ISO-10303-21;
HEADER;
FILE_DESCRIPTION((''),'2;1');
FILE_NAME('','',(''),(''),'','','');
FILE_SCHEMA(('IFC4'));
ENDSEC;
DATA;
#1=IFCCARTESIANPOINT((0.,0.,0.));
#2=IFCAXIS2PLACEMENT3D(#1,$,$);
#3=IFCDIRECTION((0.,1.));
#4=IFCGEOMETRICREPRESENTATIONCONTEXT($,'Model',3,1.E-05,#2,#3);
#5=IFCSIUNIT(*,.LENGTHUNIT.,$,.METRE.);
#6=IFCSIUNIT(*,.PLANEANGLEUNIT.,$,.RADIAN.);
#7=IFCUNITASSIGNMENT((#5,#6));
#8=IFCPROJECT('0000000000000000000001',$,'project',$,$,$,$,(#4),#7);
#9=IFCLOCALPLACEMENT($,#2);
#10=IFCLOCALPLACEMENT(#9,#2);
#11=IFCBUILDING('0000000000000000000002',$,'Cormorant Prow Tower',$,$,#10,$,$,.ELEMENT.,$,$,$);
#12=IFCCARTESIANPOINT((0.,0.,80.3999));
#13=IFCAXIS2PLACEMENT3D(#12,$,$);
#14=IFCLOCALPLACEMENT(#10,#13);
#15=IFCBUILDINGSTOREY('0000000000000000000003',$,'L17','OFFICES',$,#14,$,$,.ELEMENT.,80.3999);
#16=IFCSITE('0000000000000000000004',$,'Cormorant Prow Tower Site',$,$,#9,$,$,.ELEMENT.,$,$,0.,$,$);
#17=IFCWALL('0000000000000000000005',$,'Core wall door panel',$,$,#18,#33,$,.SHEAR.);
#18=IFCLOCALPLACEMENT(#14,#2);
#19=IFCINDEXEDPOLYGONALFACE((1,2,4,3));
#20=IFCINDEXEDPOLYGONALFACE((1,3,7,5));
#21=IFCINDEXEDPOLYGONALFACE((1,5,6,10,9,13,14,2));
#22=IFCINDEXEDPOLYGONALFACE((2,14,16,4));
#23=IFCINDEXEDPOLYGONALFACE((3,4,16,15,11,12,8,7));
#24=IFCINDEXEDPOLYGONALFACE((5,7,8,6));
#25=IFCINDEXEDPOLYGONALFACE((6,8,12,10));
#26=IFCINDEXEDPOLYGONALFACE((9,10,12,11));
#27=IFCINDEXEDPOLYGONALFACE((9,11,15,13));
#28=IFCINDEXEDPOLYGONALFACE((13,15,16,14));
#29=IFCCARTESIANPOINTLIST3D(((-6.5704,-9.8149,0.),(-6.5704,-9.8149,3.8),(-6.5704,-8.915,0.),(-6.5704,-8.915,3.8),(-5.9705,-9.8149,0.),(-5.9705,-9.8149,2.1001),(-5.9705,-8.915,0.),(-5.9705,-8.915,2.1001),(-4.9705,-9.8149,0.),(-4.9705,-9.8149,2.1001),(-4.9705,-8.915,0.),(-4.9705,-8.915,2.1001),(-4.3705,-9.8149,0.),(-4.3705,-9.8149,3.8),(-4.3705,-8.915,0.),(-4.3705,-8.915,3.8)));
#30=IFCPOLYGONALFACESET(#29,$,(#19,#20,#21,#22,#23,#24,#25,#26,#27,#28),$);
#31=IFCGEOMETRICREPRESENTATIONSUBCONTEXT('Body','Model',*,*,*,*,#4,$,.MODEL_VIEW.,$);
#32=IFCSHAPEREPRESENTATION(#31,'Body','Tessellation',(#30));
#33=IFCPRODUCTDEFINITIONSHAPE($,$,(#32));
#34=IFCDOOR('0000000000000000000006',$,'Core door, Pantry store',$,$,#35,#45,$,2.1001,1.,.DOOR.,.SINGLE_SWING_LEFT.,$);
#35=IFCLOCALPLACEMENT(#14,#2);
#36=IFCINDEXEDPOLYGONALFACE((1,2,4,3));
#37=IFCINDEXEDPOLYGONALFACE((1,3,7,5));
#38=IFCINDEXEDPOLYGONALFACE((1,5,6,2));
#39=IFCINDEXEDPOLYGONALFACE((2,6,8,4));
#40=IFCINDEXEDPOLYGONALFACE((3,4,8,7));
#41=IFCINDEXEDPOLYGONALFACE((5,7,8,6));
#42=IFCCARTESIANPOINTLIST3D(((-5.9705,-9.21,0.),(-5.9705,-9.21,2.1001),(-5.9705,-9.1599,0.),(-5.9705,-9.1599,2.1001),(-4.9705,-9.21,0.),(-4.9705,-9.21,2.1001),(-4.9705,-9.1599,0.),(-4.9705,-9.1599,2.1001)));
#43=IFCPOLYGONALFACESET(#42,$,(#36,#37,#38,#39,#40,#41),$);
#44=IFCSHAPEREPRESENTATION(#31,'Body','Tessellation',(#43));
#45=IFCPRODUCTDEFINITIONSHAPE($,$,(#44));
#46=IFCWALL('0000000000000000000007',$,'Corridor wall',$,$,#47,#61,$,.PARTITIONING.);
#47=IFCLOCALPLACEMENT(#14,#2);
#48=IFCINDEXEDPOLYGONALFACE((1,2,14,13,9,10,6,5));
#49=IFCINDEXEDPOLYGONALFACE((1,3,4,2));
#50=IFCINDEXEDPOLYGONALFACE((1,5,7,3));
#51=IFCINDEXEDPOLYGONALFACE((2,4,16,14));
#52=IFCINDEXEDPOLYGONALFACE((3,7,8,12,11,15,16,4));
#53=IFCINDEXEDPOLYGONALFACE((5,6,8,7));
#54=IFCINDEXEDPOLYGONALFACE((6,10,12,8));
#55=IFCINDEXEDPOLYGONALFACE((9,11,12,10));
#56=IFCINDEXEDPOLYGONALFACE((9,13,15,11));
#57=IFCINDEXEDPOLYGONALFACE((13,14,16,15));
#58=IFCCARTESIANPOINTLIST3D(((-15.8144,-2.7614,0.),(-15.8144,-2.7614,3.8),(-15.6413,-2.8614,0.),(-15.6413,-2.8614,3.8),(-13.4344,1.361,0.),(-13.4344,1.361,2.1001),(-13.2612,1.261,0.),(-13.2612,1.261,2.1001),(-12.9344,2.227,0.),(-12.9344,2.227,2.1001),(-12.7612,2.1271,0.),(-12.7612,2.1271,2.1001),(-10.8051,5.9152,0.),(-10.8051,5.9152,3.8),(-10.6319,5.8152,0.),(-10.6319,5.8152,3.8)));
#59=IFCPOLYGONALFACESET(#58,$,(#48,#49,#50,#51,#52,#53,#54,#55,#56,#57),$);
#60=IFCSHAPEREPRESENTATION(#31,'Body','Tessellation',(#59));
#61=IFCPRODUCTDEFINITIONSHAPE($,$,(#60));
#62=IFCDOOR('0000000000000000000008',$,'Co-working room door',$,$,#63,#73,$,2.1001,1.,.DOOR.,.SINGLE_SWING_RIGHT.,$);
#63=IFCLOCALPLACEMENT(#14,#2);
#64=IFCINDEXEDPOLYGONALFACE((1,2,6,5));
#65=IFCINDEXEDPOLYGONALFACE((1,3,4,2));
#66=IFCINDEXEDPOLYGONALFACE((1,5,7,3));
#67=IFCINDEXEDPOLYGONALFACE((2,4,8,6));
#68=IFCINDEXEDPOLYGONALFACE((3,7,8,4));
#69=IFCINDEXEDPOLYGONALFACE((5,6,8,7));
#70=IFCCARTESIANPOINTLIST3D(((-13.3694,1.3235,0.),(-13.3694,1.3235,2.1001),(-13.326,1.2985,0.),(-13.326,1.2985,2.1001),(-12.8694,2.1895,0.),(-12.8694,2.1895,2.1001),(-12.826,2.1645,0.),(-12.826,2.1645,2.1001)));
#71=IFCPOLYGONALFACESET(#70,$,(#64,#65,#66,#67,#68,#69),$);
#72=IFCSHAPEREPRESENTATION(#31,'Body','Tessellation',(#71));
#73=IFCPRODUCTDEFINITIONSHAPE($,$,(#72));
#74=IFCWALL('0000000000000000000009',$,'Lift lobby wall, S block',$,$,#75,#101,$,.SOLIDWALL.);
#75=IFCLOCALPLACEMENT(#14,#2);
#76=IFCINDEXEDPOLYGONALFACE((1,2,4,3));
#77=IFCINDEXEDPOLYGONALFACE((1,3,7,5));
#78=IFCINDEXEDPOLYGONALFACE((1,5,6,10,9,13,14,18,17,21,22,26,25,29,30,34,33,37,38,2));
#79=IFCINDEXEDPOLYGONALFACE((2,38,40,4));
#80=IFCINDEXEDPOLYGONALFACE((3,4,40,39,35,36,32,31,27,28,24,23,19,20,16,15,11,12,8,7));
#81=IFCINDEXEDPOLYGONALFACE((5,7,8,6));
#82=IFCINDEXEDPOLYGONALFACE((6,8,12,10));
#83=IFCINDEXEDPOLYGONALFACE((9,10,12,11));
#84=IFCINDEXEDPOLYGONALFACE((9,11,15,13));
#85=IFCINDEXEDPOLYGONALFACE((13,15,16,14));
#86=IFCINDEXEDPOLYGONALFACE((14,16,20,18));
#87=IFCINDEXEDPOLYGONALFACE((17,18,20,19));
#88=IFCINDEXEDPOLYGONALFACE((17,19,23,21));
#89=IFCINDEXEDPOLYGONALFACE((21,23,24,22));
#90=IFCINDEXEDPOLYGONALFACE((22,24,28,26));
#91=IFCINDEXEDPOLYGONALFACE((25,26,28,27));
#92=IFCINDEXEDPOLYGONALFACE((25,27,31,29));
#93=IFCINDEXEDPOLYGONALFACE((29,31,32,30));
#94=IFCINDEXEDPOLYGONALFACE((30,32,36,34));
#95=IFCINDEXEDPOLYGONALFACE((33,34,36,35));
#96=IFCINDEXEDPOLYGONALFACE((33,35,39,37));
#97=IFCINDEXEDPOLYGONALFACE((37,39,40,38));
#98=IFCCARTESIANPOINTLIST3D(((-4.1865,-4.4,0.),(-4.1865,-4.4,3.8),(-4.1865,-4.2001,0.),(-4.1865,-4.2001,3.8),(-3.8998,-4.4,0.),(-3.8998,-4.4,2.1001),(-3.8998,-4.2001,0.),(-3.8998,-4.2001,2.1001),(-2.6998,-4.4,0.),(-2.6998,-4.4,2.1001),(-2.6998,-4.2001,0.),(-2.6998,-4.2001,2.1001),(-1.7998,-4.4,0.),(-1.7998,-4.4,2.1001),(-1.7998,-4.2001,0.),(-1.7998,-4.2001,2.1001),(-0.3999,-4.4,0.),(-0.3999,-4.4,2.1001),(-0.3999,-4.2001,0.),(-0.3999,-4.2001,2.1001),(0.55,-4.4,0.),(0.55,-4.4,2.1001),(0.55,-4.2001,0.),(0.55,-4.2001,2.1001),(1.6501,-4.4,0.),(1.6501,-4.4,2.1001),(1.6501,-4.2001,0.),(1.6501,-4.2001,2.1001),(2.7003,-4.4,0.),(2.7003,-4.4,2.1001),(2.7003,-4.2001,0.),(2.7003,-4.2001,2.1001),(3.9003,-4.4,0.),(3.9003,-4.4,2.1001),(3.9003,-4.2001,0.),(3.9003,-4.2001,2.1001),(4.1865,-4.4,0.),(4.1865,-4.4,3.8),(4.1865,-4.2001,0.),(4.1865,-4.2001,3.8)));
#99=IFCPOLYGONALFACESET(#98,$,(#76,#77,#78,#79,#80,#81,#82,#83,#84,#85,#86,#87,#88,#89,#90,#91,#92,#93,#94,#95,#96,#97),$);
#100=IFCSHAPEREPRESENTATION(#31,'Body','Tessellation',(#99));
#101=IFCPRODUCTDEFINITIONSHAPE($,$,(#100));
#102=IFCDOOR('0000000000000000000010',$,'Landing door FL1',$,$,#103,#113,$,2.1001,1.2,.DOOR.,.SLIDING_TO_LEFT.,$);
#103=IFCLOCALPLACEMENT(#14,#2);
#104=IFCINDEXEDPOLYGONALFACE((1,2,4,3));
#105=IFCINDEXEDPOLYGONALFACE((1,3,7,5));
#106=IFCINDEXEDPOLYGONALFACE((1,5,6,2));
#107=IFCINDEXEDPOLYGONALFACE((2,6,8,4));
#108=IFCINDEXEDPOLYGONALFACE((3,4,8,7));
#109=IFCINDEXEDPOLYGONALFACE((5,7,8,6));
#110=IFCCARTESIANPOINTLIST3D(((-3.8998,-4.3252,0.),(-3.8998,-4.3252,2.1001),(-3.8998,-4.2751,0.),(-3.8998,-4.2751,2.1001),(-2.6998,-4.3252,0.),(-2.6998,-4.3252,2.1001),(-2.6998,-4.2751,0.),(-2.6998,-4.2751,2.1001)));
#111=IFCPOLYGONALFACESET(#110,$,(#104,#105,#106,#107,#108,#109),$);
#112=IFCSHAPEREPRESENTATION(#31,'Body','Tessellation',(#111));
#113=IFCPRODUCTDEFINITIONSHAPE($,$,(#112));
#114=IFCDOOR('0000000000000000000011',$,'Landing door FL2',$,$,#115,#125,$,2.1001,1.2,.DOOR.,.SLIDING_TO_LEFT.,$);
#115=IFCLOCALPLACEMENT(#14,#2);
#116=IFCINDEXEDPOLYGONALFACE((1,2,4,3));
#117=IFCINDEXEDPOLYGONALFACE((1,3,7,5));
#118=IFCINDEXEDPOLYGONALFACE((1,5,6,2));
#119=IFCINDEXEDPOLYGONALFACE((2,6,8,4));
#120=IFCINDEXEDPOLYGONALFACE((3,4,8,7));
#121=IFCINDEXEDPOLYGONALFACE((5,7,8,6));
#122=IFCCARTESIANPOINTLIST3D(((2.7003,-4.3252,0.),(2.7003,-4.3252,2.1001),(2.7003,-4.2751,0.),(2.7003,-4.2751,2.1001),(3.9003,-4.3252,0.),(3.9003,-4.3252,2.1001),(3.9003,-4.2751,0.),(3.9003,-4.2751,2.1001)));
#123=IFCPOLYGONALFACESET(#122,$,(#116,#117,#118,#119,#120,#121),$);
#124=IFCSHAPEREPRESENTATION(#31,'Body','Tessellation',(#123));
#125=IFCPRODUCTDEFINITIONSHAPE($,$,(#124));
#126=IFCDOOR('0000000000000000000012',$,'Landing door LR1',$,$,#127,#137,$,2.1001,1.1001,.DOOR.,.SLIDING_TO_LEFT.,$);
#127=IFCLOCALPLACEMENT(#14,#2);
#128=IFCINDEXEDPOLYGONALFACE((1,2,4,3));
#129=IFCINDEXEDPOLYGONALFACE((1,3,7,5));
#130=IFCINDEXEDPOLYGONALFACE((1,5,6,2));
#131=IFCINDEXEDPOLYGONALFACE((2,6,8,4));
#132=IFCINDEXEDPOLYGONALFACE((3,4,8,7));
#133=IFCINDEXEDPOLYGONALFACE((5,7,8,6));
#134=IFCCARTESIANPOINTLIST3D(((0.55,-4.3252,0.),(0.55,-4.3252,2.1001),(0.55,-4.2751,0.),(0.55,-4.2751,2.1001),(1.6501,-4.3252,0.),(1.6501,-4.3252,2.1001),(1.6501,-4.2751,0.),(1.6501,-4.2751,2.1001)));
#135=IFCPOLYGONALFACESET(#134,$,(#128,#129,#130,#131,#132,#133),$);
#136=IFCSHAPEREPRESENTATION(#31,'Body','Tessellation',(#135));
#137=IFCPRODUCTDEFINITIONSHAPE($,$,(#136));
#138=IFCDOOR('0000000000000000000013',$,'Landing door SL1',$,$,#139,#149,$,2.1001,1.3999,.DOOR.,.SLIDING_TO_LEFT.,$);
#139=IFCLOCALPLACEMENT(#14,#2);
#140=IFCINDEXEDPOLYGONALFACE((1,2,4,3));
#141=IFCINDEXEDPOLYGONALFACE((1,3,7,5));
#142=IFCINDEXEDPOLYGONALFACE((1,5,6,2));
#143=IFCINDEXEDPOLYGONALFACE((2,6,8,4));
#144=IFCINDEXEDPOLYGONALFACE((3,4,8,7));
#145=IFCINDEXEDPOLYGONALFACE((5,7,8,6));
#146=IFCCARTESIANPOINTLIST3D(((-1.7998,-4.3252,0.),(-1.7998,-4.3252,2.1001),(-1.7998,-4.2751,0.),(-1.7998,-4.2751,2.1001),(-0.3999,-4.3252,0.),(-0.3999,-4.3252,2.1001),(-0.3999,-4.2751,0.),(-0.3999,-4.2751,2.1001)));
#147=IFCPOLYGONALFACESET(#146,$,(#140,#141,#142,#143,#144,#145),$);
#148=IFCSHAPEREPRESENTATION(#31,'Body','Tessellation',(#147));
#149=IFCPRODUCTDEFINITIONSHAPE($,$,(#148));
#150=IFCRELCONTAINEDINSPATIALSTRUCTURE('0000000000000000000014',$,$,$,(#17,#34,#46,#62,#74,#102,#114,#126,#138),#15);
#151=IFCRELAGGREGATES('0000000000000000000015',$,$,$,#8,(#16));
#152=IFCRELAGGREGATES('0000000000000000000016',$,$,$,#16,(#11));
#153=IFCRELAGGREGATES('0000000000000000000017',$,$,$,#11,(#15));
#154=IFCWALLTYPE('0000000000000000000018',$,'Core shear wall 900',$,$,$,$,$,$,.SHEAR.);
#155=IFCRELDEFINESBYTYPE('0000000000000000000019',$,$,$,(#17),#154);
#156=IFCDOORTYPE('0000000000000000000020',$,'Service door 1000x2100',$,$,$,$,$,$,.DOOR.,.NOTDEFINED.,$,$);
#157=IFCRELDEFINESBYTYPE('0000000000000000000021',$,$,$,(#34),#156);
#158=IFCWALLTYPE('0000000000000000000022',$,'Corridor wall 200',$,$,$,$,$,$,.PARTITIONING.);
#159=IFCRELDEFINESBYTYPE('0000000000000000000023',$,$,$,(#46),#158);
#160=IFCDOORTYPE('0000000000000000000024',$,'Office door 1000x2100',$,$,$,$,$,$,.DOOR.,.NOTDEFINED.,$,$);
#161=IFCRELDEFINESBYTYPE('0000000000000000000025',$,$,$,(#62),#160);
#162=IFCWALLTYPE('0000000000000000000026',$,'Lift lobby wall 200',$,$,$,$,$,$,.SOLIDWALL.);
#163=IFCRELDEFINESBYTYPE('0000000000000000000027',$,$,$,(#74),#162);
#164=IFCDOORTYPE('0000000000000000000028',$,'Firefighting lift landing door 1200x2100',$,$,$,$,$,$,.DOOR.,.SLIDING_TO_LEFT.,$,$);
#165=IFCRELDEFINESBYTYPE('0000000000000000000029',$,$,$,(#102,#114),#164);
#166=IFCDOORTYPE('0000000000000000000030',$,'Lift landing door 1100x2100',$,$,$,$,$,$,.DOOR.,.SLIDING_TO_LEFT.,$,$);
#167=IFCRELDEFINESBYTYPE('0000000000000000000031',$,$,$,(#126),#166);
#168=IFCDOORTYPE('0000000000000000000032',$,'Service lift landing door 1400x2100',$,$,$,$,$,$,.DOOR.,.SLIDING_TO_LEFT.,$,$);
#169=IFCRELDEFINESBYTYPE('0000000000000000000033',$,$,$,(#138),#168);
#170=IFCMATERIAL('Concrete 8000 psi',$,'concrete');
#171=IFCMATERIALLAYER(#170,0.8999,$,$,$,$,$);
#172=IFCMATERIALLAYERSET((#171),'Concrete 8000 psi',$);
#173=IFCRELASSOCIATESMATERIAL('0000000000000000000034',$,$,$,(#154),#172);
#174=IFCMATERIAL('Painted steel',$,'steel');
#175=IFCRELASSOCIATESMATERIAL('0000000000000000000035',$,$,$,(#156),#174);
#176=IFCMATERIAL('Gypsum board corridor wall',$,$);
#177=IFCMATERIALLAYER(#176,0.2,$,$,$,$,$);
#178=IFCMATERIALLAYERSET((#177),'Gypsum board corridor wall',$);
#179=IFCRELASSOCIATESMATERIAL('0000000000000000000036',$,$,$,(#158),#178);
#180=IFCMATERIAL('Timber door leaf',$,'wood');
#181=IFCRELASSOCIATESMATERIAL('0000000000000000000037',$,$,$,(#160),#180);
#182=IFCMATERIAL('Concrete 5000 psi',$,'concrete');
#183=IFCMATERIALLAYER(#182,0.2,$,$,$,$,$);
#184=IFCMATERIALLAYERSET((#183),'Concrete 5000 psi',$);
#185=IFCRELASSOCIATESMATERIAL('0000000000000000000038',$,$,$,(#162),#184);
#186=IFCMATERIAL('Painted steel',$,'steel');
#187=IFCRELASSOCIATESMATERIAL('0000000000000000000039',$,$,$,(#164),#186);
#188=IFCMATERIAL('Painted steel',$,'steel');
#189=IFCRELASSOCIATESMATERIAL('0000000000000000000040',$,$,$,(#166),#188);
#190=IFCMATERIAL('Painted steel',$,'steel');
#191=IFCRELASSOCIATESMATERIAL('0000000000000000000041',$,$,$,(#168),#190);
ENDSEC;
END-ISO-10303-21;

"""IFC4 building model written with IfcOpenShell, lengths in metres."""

from ifc_helpers import new_model, si_unit, direction, frame, frame_2d, origin, place, context, subcontext, project, spatial, rectangle, extrude, material, layer, layer_set, type_object, element, fill, save


model = new_model("IFC4")

# Units and contexts
model_context = context("Model", 3, precision=1e-05, world=origin(), true_north=direction((0.0, 1.0)))
body_context = subcontext(model_context, "Body", "Model", "MODEL_VIEW")
ifc_project = project(units=[si_unit("LENGTHUNIT", "METRE"), si_unit("PLANEANGLEUNIT", "RADIAN")], contexts=[model_context])

# Site, building, storey
site_placement = place(None, origin())
site = spatial("IfcSite", under=ifc_project, at=site_placement, Name="Cormorant Prow Tower Site", CompositionType="ELEMENT", RefElevation=0.0)
building_placement = place(site_placement, origin())
building = spatial("IfcBuilding", under=site, at=building_placement, Name="Cormorant Prow Tower", CompositionType="ELEMENT")
storey_placement = place(building_placement, frame((0.0, 0.0, 80.3999)))
storey = spatial("IfcBuildingStorey", under=building, at=storey_placement, Name="L17", Description="OFFICES", CompositionType="ELEMENT", Elevation=80.3999)

# Shared definitions
ifc_material_1 = material(Name="Concrete 8000 psi", Category="concrete")
ifc_layer_1 = layer(ifc_material_1, 0.8999)
ifc_layer_set_1 = layer_set([ifc_layer_1], Name="Concrete 8000 psi")
wall_type_1 = type_object("IfcWallType", Name="Core shear wall 900", PredefinedType="SHEAR", material=ifc_layer_set_1)

# Walls, openings, doors
wall_1_placement = place(storey_placement, frame((-6.5706, -9.365, 0.0), z_axis=(0.0, 0.0, 1.0), x_axis=(1.0, 0.0, 0.0)))
wall_1 = element("IfcWall", 1, at=wall_1_placement, inside=storey, type_object=wall_type_1, Name="Core wall door panel", PredefinedType="SHEAR", context=body_context, shape_type="SweptSolid", body=[
    extrude(rectangle(XDim=2.2, YDim=0.8999, at=frame_2d((1.1001, 0.0))), origin(), (0.0, 0.0, 1.0), 3.8),
])
opening_1_placement = place(wall_1_placement, frame((0.6001, 0.0, 0.0)))
opening_1 = element("IfcOpeningElement", 2, at=opening_1_placement, cuts=wall_1, PredefinedType="OPENING", context=body_context, shape_type="SweptSolid", body=[
    extrude(rectangle(XDim=1.0, YDim=2.1001, at=frame_2d((0.5, 1.05))), frame((0.0, 0.46, 0.0), z_axis=(0.0, -1.0, 0.0), x_axis=(1.0, 0.0, 0.0)), (0.0, 0.0, 1.0), 0.9199),
])
ifc_material_2 = material(Name="Painted steel", Category="steel")
door_type_1 = type_object("IfcDoorType", Name="Service door 1000x2100", OperationType="NOTDEFINED", PredefinedType="DOOR", material=ifc_material_2)
door_1_placement = place(opening_1_placement, origin())
door_1 = element("IfcDoor", 3, at=door_1_placement, inside=storey, type_object=door_type_1, Name="Core door, Pantry store", OperationType="SINGLE_SWING_LEFT", OverallHeight=2.1001, OverallWidth=1.0, PredefinedType="DOOR", context=body_context, shape_type="SweptSolid", body=[
    extrude(rectangle(XDim=1.0, YDim=2.1001, at=frame_2d((0.5, 1.05))), frame((0.0, 0.2051, 0.0), z_axis=(0.0, -1.0, 0.0), x_axis=(1.0, 0.0, 0.0)), (0.0, 0.0, 1.0), 0.05),
])
fill(opening_1, door_1)
ifc_material_3 = material(Name="Gypsum board corridor wall")
ifc_layer_2 = layer(ifc_material_3, 0.2)
ifc_layer_set_2 = layer_set([ifc_layer_2], Name="Gypsum board corridor wall")
wall_type_2 = type_object("IfcWallType", Name="Corridor wall 200", PredefinedType="PARTITIONING", material=ifc_layer_set_2)
wall_2_placement = place(storey_placement, frame((-15.7278, -2.8113, 0.0), z_axis=(0.0, 0.0, 1.0), x_axis=(0.499992, 0.86603, 0.0)))
wall_2 = element("IfcWall", 4, at=wall_2_placement, inside=storey, type_object=wall_type_2, Name="Corridor wall", PredefinedType="PARTITIONING", context=body_context, shape_type="SweptSolid", body=[
    extrude(rectangle(XDim=10.0188, YDim=0.2, at=frame_2d((5.0093, 0.0))), origin(), (0.0, 0.0, 1.0), 3.8),
])
opening_2_placement = place(wall_2_placement, frame((4.76, 0.0, 0.0)))
opening_2 = element("IfcOpeningElement", 5, at=opening_2_placement, cuts=wall_2, PredefinedType="OPENING", context=body_context, shape_type="SweptSolid", body=[
    extrude(rectangle(XDim=1.0, YDim=2.1001, at=frame_2d((0.5, 1.05))), frame((0.0, 0.1099, 0.0), z_axis=(0.0, -1.0, 0.0), x_axis=(1.0, 0.0, 0.0)), (0.0, 0.0, 1.0), 0.22),
])
ifc_material_4 = material(Name="Timber door leaf", Category="wood")
door_type_2 = type_object("IfcDoorType", Name="Office door 1000x2100", OperationType="NOTDEFINED", PredefinedType="DOOR", material=ifc_material_4)
door_2_placement = place(opening_2_placement, origin())
door_2 = element("IfcDoor", 6, at=door_2_placement, inside=storey, type_object=door_type_2, Name="Co-working room door", OperationType="SINGLE_SWING_RIGHT", OverallHeight=2.1001, OverallWidth=1.0, PredefinedType="DOOR", context=body_context, shape_type="SweptSolid", body=[
    extrude(rectangle(XDim=1.0, YDim=2.1001, at=frame_2d((0.5, 1.05))), frame((0.0, 0.0249, 0.0), z_axis=(0.0, -1.0, 0.0), x_axis=(1.0, 0.0, 0.0)), (0.0, 0.0, 1.0), 0.05),
])
fill(opening_2, door_2)

# Wall, openings, doors
ifc_material_5 = material(Name="Concrete 5000 psi", Category="concrete")
ifc_layer_3 = layer(ifc_material_5, 0.2)
ifc_layer_set_3 = layer_set([ifc_layer_3], Name="Concrete 5000 psi")
wall_type_3 = type_object("IfcWallType", Name="Lift lobby wall 200", PredefinedType="SOLIDWALL", material=ifc_layer_set_3)
wall_3_placement = place(storey_placement, frame((-4.1865, -4.3, 0.0), z_axis=(0.0, 0.0, 1.0), x_axis=(1.0, 0.0, 0.0)))
wall_3 = element("IfcWall", 7, at=wall_3_placement, inside=storey, type_object=wall_type_3, Name="Lift lobby wall, S block", PredefinedType="SOLIDWALL", context=body_context, shape_type="SweptSolid", body=[
    extrude(rectangle(XDim=8.373, YDim=0.2, at=frame_2d((4.1865, 0.0))), origin(), (0.0, 0.0, 1.0), 3.8),
])
opening_3_placement = place(wall_3_placement, frame((0.2866, 0.0, 0.0)))
opening_3 = element("IfcOpeningElement", 8, at=opening_3_placement, cuts=wall_3, PredefinedType="OPENING", context=body_context, shape_type="SweptSolid", body=[
    extrude(rectangle(XDim=1.2, YDim=2.1001, at=frame_2d((0.6001, 1.05))), frame((0.0, 0.1099, 0.0), z_axis=(0.0, -1.0, 0.0), x_axis=(1.0, 0.0, 0.0)), (0.0, 0.0, 1.0), 0.22),
])
opening_4_placement = place(wall_3_placement, frame((2.3867, 0.0, 0.0)))
opening_4 = element("IfcOpeningElement", 9, at=opening_4_placement, cuts=wall_3, PredefinedType="OPENING", context=body_context, shape_type="SweptSolid", body=[
    extrude(rectangle(XDim=1.3999, YDim=2.1001, at=frame_2d((0.7, 1.05))), frame((0.0, 0.1099, 0.0), z_axis=(0.0, -1.0, 0.0), x_axis=(1.0, 0.0, 0.0)), (0.0, 0.0, 1.0), 0.22),
])
opening_5_placement = place(wall_3_placement, frame((4.7366, 0.0, 0.0)))
opening_5 = element("IfcOpeningElement", 10, at=opening_5_placement, cuts=wall_3, PredefinedType="OPENING", context=body_context, shape_type="SweptSolid", body=[
    extrude(rectangle(XDim=1.1001, YDim=2.1001, at=frame_2d((0.55, 1.05))), frame((0.0, 0.1099, 0.0), z_axis=(0.0, -1.0, 0.0), x_axis=(1.0, 0.0, 0.0)), (0.0, 0.0, 1.0), 0.22),
])
opening_6_placement = place(wall_3_placement, frame((6.8867, 0.0, 0.0)))
opening_6 = element("IfcOpeningElement", 11, at=opening_6_placement, cuts=wall_3, PredefinedType="OPENING", context=body_context, shape_type="SweptSolid", body=[
    extrude(rectangle(XDim=1.2, YDim=2.1001, at=frame_2d((0.6001, 1.05))), frame((0.0, 0.1099, 0.0), z_axis=(0.0, -1.0, 0.0), x_axis=(1.0, 0.0, 0.0)), (0.0, 0.0, 1.0), 0.22),
])
ifc_material_6 = material(Name="Painted steel", Category="steel")
door_type_3 = type_object("IfcDoorType", Name="Firefighting lift landing door 1200x2100", OperationType="SLIDING_TO_LEFT", PredefinedType="DOOR", material=ifc_material_6)
door_3_placement = place(opening_3_placement, origin())
door_3 = element("IfcDoor", 12, at=door_3_placement, inside=storey, type_object=door_type_3, Name="Landing door FL1", OperationType="SLIDING_TO_LEFT", OverallHeight=2.1001, OverallWidth=1.2, PredefinedType="DOOR", context=body_context, shape_type="SweptSolid", body=[
    extrude(rectangle(XDim=1.2, YDim=2.1001, at=frame_2d((0.6001, 1.05))), frame((0.0, 0.0249, 0.0), z_axis=(0.0, -1.0, 0.0), x_axis=(1.0, 0.0, 0.0)), (0.0, 0.0, 1.0), 0.05),
])
fill(opening_3, door_3)
door_4_placement = place(opening_6_placement, origin())
door_4 = element("IfcDoor", 13, at=door_4_placement, inside=storey, type_object=door_type_3, Name="Landing door FL2", OperationType="SLIDING_TO_LEFT", OverallHeight=2.1001, OverallWidth=1.2, PredefinedType="DOOR", context=body_context, shape_type="SweptSolid", body=[
    extrude(rectangle(XDim=1.2, YDim=2.1001, at=frame_2d((0.6001, 1.05))), frame((0.0, 0.0249, 0.0), z_axis=(0.0, -1.0, 0.0), x_axis=(1.0, 0.0, 0.0)), (0.0, 0.0, 1.0), 0.05),
])
fill(opening_6, door_4)
ifc_material_7 = material(Name="Painted steel", Category="steel")
door_type_4 = type_object("IfcDoorType", Name="Lift landing door 1100x2100", OperationType="SLIDING_TO_LEFT", PredefinedType="DOOR", material=ifc_material_7)
door_5_placement = place(opening_5_placement, origin())
door_5 = element("IfcDoor", 14, at=door_5_placement, inside=storey, type_object=door_type_4, Name="Landing door LR1", OperationType="SLIDING_TO_LEFT", OverallHeight=2.1001, OverallWidth=1.1001, PredefinedType="DOOR", context=body_context, shape_type="SweptSolid", body=[
    extrude(rectangle(XDim=1.1001, YDim=2.1001, at=frame_2d((0.55, 1.05))), frame((0.0, 0.0249, 0.0), z_axis=(0.0, -1.0, 0.0), x_axis=(1.0, 0.0, 0.0)), (0.0, 0.0, 1.0), 0.05),
])
fill(opening_5, door_5)
ifc_material_8 = material(Name="Painted steel", Category="steel")
door_type_5 = type_object("IfcDoorType", Name="Service lift landing door 1400x2100", OperationType="SLIDING_TO_LEFT", PredefinedType="DOOR", material=ifc_material_8)
door_6_placement = place(opening_4_placement, origin())
door_6 = element("IfcDoor", 15, at=door_6_placement, inside=storey, type_object=door_type_5, Name="Landing door SL1", OperationType="SLIDING_TO_LEFT", OverallHeight=2.1001, OverallWidth=1.3999, PredefinedType="DOOR", context=body_context, shape_type="SweptSolid", body=[
    extrude(rectangle(XDim=1.3999, YDim=2.1001, at=frame_2d((0.7, 1.05))), frame((0.0, 0.0249, 0.0), z_axis=(0.0, -1.0, 0.0), x_axis=(1.0, 0.0, 0.0)), (0.0, 0.0, 1.0), 0.05),
])
fill(opening_4, door_6)

save(model, "model.ifc")
